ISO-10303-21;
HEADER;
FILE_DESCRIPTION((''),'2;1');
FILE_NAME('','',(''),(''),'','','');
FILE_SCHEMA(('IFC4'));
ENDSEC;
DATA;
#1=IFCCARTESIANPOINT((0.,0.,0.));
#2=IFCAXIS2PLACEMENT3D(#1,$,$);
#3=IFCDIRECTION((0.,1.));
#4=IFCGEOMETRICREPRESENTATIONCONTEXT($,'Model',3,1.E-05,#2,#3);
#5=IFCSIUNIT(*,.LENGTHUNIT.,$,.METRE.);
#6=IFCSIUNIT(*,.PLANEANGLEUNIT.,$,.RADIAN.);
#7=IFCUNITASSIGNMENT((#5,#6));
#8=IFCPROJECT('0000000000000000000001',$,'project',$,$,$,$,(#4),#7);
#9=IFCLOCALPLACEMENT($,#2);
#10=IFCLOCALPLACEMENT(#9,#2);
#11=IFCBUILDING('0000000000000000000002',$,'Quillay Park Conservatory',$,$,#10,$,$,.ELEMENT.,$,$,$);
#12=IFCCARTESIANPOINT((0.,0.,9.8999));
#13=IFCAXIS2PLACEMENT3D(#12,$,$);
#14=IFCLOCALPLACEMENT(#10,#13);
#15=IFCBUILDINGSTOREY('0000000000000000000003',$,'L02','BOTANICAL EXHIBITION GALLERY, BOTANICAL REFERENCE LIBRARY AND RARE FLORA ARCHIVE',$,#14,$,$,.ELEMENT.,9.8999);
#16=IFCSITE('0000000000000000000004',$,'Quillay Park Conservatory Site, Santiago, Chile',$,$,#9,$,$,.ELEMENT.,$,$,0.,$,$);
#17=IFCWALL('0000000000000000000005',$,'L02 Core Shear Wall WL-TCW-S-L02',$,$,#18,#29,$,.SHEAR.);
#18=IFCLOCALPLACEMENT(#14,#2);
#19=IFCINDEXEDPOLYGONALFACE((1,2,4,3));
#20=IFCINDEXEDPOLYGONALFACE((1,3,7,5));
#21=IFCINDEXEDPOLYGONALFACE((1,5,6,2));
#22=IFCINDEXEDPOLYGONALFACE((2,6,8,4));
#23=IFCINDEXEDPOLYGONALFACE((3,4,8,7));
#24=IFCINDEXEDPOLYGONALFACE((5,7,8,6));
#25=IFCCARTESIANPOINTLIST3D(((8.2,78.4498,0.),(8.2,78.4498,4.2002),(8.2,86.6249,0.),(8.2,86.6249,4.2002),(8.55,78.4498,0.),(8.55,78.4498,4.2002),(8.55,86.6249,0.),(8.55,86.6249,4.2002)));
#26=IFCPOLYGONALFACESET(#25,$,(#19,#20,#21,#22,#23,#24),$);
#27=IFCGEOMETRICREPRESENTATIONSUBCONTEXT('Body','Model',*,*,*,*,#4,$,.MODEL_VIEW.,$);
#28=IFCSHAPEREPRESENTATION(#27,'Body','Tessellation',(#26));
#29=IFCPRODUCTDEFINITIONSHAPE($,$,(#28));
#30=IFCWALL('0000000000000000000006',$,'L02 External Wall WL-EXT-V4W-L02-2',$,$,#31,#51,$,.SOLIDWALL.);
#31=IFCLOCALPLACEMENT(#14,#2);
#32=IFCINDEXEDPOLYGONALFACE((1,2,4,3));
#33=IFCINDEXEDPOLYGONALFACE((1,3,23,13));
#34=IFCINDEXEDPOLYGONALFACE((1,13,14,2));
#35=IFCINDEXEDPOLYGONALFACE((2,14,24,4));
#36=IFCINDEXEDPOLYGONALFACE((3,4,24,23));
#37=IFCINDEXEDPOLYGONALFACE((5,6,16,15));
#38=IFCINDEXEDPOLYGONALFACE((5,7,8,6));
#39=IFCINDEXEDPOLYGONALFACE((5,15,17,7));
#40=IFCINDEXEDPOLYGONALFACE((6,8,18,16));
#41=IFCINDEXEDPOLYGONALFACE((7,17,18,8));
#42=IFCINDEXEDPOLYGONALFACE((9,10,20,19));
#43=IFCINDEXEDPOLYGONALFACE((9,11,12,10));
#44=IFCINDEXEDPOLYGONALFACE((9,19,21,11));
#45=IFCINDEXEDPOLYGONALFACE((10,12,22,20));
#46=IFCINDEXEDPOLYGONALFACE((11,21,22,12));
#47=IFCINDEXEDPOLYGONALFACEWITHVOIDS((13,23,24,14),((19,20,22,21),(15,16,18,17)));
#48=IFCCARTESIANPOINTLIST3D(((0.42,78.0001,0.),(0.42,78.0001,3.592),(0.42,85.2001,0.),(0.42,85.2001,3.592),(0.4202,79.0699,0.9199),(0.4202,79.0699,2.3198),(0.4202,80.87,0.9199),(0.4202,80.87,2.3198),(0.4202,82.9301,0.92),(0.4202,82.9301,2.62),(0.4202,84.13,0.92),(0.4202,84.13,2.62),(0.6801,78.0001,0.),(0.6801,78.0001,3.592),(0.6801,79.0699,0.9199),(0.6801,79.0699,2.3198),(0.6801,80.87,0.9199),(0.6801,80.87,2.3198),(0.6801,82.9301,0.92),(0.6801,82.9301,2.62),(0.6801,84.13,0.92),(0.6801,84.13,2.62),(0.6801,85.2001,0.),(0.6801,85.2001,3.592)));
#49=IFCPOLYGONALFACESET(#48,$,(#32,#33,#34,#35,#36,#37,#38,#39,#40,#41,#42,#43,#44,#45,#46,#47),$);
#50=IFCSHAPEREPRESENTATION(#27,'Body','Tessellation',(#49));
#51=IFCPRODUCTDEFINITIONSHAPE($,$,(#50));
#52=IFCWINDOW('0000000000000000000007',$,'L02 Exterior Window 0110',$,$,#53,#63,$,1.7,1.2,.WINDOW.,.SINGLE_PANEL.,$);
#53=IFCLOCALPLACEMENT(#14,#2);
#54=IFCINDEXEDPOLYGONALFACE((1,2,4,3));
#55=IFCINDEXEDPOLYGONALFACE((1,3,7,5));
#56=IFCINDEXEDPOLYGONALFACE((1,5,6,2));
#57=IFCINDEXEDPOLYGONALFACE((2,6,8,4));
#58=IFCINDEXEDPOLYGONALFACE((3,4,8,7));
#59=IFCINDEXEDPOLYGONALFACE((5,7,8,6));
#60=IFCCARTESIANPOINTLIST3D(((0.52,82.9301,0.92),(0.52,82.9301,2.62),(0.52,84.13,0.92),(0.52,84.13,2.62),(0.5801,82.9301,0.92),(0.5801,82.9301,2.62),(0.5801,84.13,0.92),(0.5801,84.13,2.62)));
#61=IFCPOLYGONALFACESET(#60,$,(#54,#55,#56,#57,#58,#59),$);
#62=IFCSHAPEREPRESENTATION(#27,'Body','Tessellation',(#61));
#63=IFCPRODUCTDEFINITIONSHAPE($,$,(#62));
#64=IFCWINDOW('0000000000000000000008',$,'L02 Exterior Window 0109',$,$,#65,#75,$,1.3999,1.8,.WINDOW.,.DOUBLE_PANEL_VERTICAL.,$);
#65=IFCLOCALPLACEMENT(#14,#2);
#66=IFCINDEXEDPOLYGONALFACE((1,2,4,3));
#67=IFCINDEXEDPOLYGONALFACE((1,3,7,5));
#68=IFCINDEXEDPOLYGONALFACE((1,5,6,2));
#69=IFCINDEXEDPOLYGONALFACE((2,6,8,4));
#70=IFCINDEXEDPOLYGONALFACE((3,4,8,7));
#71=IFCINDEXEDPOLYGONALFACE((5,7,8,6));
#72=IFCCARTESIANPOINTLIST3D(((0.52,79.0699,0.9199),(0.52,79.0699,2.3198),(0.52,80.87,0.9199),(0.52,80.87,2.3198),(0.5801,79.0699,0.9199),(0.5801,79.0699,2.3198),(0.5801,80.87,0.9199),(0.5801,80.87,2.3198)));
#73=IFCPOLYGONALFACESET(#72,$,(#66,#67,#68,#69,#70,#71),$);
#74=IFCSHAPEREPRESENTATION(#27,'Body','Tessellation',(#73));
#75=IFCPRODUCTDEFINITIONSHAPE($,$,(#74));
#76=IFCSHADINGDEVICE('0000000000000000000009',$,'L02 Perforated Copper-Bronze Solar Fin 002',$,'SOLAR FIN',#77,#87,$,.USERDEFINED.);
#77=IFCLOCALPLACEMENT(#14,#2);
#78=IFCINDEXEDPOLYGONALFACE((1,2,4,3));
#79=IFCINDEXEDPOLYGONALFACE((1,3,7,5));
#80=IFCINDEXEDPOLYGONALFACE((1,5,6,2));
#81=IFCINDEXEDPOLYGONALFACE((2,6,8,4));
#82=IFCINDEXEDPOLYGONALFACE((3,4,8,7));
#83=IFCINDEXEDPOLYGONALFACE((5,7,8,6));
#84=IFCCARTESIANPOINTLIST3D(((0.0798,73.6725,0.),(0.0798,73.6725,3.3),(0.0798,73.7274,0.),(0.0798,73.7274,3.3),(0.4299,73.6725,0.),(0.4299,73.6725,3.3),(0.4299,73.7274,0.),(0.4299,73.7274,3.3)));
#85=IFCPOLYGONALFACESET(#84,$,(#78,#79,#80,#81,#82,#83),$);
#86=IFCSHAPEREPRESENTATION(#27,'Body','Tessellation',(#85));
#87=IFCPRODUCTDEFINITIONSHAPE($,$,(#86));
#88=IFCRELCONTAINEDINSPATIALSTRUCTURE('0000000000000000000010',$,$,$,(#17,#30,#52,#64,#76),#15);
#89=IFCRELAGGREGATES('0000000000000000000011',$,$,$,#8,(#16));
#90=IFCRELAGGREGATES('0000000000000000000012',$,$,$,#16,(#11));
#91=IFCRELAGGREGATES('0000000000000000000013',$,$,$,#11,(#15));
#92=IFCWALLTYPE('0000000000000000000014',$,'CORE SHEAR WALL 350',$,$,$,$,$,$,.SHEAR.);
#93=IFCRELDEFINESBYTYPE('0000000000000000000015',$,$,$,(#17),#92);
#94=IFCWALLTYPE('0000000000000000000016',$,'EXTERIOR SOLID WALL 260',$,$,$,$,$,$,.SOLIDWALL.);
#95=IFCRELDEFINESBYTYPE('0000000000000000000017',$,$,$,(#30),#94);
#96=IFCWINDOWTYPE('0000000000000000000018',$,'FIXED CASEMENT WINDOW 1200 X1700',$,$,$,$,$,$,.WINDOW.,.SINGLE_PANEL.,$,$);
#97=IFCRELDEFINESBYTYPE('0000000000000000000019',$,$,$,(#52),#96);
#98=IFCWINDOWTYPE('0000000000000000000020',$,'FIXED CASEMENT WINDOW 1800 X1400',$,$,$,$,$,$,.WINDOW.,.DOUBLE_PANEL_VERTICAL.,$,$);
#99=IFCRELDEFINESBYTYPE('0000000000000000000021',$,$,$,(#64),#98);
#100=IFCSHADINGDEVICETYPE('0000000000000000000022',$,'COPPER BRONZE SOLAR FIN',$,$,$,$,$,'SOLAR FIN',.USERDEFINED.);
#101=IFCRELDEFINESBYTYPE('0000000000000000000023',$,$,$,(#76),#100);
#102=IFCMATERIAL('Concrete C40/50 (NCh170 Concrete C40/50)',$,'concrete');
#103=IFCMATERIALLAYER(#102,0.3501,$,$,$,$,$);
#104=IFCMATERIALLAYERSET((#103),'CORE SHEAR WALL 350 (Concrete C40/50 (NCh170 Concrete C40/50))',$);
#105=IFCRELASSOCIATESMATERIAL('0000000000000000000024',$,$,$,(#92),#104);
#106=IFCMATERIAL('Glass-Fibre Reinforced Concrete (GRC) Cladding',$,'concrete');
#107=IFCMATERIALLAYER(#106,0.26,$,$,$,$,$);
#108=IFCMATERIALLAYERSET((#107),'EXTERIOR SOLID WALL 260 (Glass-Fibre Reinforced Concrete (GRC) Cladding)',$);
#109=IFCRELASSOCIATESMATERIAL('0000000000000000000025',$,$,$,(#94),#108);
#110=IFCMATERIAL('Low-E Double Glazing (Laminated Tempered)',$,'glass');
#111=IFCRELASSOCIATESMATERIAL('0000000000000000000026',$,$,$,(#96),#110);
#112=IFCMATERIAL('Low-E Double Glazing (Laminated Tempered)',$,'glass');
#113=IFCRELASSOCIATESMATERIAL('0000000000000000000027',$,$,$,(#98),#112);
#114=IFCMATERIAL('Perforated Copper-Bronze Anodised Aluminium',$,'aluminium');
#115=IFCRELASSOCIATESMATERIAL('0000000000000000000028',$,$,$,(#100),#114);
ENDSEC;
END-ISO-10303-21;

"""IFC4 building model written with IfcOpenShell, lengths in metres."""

from ifc_helpers import new_model, si_unit, direction, frame, frame_2d, origin, origin_2d, place, context, subcontext, project, spatial, rectangle, extrude, material, layer, layer_set, type_object, element, fill, save


model = new_model("IFC4")

# Units and contexts
model_context = context("Model", 3, precision=1e-05, world=origin(), true_north=direction((0.0, 1.0)))
body_context = subcontext(model_context, "Body", "Model", "MODEL_VIEW")
ifc_project = project(units=[si_unit("LENGTHUNIT", "METRE"), si_unit("PLANEANGLEUNIT", "RADIAN")], contexts=[model_context])

# Site, building, storey
site_placement = place(None, origin())
site = spatial("IfcSite", under=ifc_project, at=site_placement, Name="Quillay Park Conservatory Site, Santiago, Chile", CompositionType="ELEMENT", RefElevation=0.0)
building_placement = place(site_placement, origin())
building = spatial("IfcBuilding", under=site, at=building_placement, Name="Quillay Park Conservatory", CompositionType="ELEMENT")
storey_placement = place(building_placement, frame((0.0, 0.0, 9.8999)))
storey = spatial("IfcBuildingStorey", under=building, at=storey_placement, Name="L02", Description="BOTANICAL EXHIBITION GALLERY, BOTANICAL REFERENCE LIBRARY AND RARE FLORA ARCHIVE", CompositionType="ELEMENT", Elevation=9.8999)

# Wall
ifc_material_1 = material(Name="Concrete C40/50 (NCh170 Concrete C40/50)", Category="concrete")
ifc_layer_1 = layer(ifc_material_1, 0.3501)
ifc_layer_set_1 = layer_set([ifc_layer_1], Name="CORE SHEAR WALL 350 (Concrete C40/50 (NCh170 Concrete C40/50))")
wall_type_1 = type_object("IfcWallType", Name="CORE SHEAR WALL 350", PredefinedType="SHEAR", material=ifc_layer_set_1)
wall_1_placement = place(storey_placement, frame((8.375, 78.45, 0.0), z_axis=(0.0, 0.0, 1.0), x_axis=(0.0, 1.0, 0.0)))
element("IfcWall", 1, at=wall_1_placement, inside=storey, type_object=wall_type_1, Name="L02 Core Shear Wall WL-TCW-S-L02", PredefinedType="SHEAR", context=body_context, shape_type="SweptSolid", body=[
    extrude(rectangle(XDim=8.175, YDim=0.3501, at=frame_2d((4.0874, 0.0))), origin(), (0.0, 0.0, 1.0), 4.2002),
])

# Wall, openings, windows
ifc_material_2 = material(Name="Glass-Fibre Reinforced Concrete (GRC) Cladding", Category="concrete")
ifc_layer_2 = layer(ifc_material_2, 0.26)
ifc_layer_set_2 = layer_set([ifc_layer_2], Name="EXTERIOR SOLID WALL 260 (Glass-Fibre Reinforced Concrete (GRC) Cladding)")
wall_type_2 = type_object("IfcWallType", Name="EXTERIOR SOLID WALL 260", PredefinedType="SOLIDWALL", material=ifc_layer_set_2)
wall_2_placement = place(storey_placement, frame((0.55, 78.0, 0.0), z_axis=(0.0, 0.0, 1.0), x_axis=(0.0, 1.0, 0.0)))
wall_2 = element("IfcWall", 2, at=wall_2_placement, inside=storey, type_object=wall_type_2, Name="L02 External Wall WL-EXT-V4W-L02-2", PredefinedType="SOLIDWALL", context=body_context, shape_type="SweptSolid", body=[
    extrude(rectangle(XDim=7.2, YDim=0.26, at=frame_2d((3.6001, 0.0))), origin(), (0.0, 0.0, 1.0), 3.592),
])
opening_1_placement = place(wall_2_placement, frame((1.0701, 0.0, 0.9199)))
opening_1 = element("IfcOpeningElement", 3, at=opening_1_placement, cuts=wall_2, PredefinedType="OPENING", context=body_context, shape_type="SweptSolid", body=[
    extrude(rectangle(XDim=1.8, YDim=1.3999, at=frame_2d((0.8999, 0.7))), frame((0.0, 0.1299, 0.0), z_axis=(0.0, -1.0, 0.0), x_axis=(1.0, 0.0, 0.0)), (0.0, 0.0, 1.0), 0.26),
])
opening_2_placement = place(wall_2_placement, frame((4.9299, 0.0, 0.9199)))
opening_2 = element("IfcOpeningElement", 4, at=opening_2_placement, cuts=wall_2, PredefinedType="OPENING", context=body_context, shape_type="SweptSolid", body=[
    extrude(rectangle(XDim=1.2, YDim=1.7, at=frame_2d((0.6001, 0.8501))), frame((0.0, 0.1299, 0.0), z_axis=(0.0, -1.0, 0.0), x_axis=(1.0, 0.0, 0.0)), (0.0, 0.0, 1.0), 0.26),
])
ifc_material_3 = material(Name="Low-E Double Glazing (Laminated Tempered)", Category="glass")
window_type_1 = type_object("IfcWindowType", Name="FIXED CASEMENT WINDOW 1200 X1700", PartitioningType="SINGLE_PANEL", PredefinedType="WINDOW", material=ifc_material_3)
window_1_placement = place(opening_2_placement, origin())
window_1 = element("IfcWindow", 5, at=window_1_placement, inside=storey, type_object=window_type_1, Name="L02 Exterior Window 0110", OverallHeight=1.7, OverallWidth=1.2, PartitioningType="SINGLE_PANEL", PredefinedType="WINDOW", context=body_context, shape_type="SweptSolid", body=[
    extrude(rectangle(XDim=1.2, YDim=1.7, at=frame_2d((0.6001, 0.8501))), frame((0.0, 0.03, 0.0), z_axis=(0.0, -1.0, 0.0), x_axis=(1.0, 0.0, 0.0)), (0.0, 0.0, 1.0), 0.0601),
])
fill(opening_2, window_1)
ifc_material_4 = material(Name="Low-E Double Glazing (Laminated Tempered)", Category="glass")
window_type_2 = type_object("IfcWindowType", Name="FIXED CASEMENT WINDOW 1800 X1400", PartitioningType="DOUBLE_PANEL_VERTICAL", PredefinedType="WINDOW", material=ifc_material_4)
window_2_placement = place(opening_1_placement, origin())
window_2 = element("IfcWindow", 6, at=window_2_placement, inside=storey, type_object=window_type_2, Name="L02 Exterior Window 0109", OverallHeight=1.3999, OverallWidth=1.8, PartitioningType="DOUBLE_PANEL_VERTICAL", PredefinedType="WINDOW", context=body_context, shape_type="SweptSolid", body=[
    extrude(rectangle(XDim=1.8, YDim=1.3999, at=frame_2d((0.8999, 0.7))), frame((0.0, 0.03, 0.0), z_axis=(0.0, -1.0, 0.0), x_axis=(1.0, 0.0, 0.0)), (0.0, 0.0, 1.0), 0.0601),
])
fill(opening_1, window_2)

# Shading device
ifc_material_5 = material(Name="Perforated Copper-Bronze Anodised Aluminium", Category="aluminium")
shading_device_type = type_object("IfcShadingDeviceType", Name="COPPER BRONZE SOLAR FIN", ElementType="SOLAR FIN", PredefinedType="USERDEFINED", material=ifc_material_5)
shading_device_placement = place(storey_placement, frame((0.2549, 73.7, 0.0), z_axis=(0.0, 0.0, 1.0), x_axis=(1.0, 0.0, 0.0)))
element("IfcShadingDevice", 7, at=shading_device_placement, inside=storey, type_object=shading_device_type, Name="L02 Perforated Copper-Bronze Solar Fin 002", ObjectType="SOLAR FIN", PredefinedType="USERDEFINED", context=body_context, shape_type="SweptSolid", body=[
    extrude(rectangle(XDim=0.3501, YDim=0.0549, at=origin_2d()), origin(), (0.0, 0.0, 1.0), 3.3),
])

save(model, "model.ifc")
